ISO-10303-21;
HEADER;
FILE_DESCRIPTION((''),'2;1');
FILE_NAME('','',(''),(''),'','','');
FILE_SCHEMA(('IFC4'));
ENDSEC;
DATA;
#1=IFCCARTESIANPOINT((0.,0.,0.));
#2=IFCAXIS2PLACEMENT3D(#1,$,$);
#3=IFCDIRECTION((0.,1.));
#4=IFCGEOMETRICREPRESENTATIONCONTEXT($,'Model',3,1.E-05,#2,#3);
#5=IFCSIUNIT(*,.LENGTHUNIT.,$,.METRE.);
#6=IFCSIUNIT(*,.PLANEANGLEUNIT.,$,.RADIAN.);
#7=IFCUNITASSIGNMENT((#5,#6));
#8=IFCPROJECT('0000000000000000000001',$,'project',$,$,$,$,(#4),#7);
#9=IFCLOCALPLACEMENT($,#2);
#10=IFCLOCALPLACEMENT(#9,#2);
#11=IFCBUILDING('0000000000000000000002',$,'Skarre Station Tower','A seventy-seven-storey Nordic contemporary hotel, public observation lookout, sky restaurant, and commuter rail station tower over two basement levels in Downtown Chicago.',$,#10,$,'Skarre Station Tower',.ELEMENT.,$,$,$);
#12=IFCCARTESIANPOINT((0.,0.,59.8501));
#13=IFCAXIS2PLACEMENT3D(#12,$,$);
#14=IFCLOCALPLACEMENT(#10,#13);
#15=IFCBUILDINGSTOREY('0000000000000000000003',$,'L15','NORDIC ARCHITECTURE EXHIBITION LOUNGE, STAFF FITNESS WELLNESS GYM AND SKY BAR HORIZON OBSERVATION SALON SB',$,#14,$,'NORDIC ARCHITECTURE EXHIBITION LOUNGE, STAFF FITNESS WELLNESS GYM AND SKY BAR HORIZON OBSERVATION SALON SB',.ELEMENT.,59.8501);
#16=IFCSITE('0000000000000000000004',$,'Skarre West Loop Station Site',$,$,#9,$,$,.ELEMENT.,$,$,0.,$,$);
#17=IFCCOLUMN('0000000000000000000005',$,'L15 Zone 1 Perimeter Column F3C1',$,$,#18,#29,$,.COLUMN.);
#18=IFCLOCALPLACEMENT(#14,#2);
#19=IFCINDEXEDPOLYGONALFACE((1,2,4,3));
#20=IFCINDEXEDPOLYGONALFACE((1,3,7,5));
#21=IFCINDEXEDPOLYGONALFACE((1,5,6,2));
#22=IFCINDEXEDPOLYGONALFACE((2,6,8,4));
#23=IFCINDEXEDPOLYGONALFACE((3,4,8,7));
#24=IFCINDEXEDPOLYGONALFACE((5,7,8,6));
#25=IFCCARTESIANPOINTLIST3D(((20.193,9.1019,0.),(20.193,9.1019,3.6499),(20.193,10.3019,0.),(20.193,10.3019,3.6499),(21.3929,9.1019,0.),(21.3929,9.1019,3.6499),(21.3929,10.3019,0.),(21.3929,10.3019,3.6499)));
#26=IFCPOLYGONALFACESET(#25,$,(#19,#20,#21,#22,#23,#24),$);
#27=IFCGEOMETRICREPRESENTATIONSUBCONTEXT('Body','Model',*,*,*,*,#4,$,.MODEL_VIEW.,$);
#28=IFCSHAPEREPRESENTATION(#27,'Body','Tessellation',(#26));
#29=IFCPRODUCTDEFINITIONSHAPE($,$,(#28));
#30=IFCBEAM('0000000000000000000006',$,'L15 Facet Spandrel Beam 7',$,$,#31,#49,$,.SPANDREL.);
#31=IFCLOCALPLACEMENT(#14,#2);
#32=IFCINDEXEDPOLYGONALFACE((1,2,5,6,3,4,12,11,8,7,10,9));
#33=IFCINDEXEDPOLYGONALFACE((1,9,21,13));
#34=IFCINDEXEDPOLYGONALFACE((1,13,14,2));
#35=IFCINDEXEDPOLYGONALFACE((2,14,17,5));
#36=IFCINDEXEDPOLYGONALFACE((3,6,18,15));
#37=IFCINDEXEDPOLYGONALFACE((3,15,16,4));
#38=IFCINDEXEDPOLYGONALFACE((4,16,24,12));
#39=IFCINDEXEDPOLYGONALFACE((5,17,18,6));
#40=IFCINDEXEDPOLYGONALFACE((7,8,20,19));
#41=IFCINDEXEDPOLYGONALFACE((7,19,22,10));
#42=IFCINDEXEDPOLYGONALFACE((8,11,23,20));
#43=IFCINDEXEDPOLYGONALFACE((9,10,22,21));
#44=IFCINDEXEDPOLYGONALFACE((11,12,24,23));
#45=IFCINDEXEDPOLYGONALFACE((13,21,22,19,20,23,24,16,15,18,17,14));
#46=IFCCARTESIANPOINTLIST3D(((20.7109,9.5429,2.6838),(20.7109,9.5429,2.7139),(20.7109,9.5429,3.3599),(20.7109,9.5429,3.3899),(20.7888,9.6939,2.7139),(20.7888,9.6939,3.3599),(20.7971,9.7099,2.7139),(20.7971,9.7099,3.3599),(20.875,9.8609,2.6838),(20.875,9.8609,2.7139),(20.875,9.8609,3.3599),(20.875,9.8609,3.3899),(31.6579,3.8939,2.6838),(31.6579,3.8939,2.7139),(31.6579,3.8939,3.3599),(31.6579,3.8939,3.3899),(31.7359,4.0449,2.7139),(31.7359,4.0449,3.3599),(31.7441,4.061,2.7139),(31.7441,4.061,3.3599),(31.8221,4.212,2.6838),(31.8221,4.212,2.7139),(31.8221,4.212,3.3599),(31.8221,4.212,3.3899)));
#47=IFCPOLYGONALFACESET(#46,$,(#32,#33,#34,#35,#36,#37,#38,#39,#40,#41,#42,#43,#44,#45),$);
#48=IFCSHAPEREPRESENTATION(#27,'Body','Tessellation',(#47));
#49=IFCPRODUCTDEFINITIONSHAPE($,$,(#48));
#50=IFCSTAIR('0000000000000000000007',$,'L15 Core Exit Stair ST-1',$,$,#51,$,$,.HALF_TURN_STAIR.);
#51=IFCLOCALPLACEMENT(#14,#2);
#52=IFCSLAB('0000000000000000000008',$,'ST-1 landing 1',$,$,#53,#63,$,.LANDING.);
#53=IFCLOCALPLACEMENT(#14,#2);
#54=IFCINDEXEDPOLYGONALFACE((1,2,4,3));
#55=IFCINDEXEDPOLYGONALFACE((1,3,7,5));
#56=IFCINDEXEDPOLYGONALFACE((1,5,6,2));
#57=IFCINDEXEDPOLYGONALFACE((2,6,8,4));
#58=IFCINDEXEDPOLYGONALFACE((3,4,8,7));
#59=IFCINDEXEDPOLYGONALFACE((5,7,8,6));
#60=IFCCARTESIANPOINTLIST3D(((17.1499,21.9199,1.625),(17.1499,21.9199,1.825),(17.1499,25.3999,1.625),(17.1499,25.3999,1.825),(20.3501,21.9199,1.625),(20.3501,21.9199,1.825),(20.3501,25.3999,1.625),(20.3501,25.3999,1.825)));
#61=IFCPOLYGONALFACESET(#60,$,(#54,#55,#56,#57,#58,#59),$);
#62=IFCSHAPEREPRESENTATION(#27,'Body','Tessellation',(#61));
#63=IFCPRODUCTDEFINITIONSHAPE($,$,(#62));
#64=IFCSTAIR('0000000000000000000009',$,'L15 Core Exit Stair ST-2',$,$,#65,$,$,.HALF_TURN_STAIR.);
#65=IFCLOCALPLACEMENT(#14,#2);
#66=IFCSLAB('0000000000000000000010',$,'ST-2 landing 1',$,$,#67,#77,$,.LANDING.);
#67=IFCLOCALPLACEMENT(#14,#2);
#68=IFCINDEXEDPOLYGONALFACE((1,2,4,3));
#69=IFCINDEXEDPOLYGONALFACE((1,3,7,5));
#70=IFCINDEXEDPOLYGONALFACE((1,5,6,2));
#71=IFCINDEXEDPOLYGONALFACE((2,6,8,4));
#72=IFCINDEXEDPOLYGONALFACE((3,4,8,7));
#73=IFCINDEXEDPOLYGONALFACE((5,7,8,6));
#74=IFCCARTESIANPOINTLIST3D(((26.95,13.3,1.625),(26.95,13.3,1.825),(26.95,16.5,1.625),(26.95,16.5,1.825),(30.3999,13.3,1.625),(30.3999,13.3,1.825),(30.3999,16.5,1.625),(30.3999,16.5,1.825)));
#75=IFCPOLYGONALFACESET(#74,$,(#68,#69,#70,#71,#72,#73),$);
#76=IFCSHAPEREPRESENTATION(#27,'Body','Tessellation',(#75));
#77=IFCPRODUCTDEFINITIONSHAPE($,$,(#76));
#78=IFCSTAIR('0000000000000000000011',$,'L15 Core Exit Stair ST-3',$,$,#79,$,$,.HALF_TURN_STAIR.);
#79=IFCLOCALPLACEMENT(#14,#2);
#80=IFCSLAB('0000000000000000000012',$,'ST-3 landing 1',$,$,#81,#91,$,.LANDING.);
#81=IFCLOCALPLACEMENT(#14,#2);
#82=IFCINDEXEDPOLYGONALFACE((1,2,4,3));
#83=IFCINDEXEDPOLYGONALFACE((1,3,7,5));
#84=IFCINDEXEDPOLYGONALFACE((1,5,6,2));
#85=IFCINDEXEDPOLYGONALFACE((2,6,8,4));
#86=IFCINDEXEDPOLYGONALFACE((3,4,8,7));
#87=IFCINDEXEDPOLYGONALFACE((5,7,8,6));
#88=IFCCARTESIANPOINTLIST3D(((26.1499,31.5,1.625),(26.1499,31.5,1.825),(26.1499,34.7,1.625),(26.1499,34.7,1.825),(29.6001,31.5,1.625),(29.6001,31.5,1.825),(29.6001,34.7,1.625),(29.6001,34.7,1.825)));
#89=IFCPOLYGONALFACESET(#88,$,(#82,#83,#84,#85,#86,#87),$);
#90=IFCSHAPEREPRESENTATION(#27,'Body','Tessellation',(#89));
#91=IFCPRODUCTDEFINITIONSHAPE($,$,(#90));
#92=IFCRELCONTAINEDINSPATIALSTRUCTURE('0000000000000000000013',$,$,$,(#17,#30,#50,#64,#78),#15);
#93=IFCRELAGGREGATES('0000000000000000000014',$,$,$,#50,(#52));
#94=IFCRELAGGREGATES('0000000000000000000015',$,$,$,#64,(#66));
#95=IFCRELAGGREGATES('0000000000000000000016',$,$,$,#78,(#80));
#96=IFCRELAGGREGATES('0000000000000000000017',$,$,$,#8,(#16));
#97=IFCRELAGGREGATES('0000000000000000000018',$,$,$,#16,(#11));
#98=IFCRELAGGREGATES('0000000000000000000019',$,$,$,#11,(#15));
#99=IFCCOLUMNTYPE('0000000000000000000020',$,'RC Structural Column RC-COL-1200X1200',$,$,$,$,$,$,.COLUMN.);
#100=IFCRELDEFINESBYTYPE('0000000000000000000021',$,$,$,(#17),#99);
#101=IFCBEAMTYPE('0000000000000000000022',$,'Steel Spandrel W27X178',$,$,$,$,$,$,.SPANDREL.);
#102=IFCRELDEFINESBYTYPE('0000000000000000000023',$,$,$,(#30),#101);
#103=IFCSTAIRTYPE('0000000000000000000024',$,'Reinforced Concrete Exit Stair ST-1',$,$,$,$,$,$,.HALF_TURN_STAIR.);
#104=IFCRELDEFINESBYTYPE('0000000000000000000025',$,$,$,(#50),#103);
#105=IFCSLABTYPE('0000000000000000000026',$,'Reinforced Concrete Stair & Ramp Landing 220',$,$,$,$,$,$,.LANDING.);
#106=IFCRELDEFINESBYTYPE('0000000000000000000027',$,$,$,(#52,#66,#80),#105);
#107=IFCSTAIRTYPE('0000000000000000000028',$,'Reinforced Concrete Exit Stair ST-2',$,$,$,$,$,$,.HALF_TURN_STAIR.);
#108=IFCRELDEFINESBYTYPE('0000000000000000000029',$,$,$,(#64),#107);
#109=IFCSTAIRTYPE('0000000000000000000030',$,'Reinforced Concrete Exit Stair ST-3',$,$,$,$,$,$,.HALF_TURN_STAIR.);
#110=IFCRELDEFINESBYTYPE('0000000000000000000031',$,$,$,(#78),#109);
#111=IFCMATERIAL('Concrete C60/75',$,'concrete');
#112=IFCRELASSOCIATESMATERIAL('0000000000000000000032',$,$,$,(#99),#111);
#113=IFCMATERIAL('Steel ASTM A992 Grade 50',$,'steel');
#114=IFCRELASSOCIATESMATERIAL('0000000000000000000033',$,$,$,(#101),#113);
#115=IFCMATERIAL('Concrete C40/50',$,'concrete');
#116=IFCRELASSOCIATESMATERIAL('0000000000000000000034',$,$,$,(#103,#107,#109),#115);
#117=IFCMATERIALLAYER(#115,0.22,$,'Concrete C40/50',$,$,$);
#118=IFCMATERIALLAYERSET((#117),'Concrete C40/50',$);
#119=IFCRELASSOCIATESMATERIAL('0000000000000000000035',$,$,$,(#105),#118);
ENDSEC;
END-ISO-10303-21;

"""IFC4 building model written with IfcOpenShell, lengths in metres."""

from ifc_helpers import new_model, si_unit, direction, frame, origin, origin_2d, place, context, subcontext, project, spatial, polyline, rectangle, i_section, outline, extrude, material, layer, layer_set, material_profile, profile_set, type_object, element, aggregate, save


model = new_model("IFC4")

# Units and contexts
model_context = context("Model", 3, precision=1e-05, world=origin(), true_north=direction((0.0, 1.0)))
body_context = subcontext(model_context, "Body", "Model", "MODEL_VIEW")
ifc_project = project(units=[si_unit("LENGTHUNIT", "METRE"), si_unit("PLANEANGLEUNIT", "RADIAN")], contexts=[model_context])

# Site, building, storey
site_placement = place(None, origin())
site = spatial("IfcSite", under=ifc_project, at=site_placement, Name="Skarre West Loop Station Site", CompositionType="ELEMENT", RefElevation=0.0)
building_placement = place(site_placement, origin())
building = spatial("IfcBuilding", under=site, at=building_placement, Name="Skarre Station Tower", Description="A seventy-seven-storey Nordic contemporary hotel, public observation lookout, sky restaurant, and commuter rail station tower over two basement levels in Downtown Chicago.", LongName="Skarre Station Tower", CompositionType="ELEMENT")
storey_placement = place(building_placement, frame((0.0, 0.0, 59.8501)))
storey = spatial("IfcBuildingStorey", under=building, at=storey_placement, Name="L15", Description="NORDIC ARCHITECTURE EXHIBITION LOUNGE, STAFF FITNESS WELLNESS GYM AND SKY BAR HORIZON OBSERVATION SALON SB", LongName="NORDIC ARCHITECTURE EXHIBITION LOUNGE, STAFF FITNESS WELLNESS GYM AND SKY BAR HORIZON OBSERVATION SALON SB", CompositionType="ELEMENT", Elevation=59.8501)

# Column
ifc_material_1 = material(Name="Concrete C60/75", Category="concrete")
ifc_material_profile_1 = material_profile(ifc_material_1, rectangle(XDim=1.2, YDim=1.2, at=origin_2d()), Name="Concrete C60/75")
ifc_profile_set_1 = profile_set([ifc_material_profile_1], Name="Concrete C60/75")
column_type = type_object("IfcColumnType", Name="RC Structural Column RC-COL-1200X1200", PredefinedType="COLUMN", material=ifc_profile_set_1)
column_placement = place(storey_placement, frame((20.793, 9.7019, 0.0), z_axis=(0.0, 0.0, 1.0), x_axis=(1.0, 0.0, 0.0)))
element("IfcColumn", 1, at=column_placement, inside=storey, type_object=column_type, Name="L15 Zone 1 Perimeter Column F3C1", PredefinedType="COLUMN", context=body_context, shape_type="SweptSolid", body=[
    extrude(rectangle(XDim=1.2, YDim=1.2, at=origin_2d()), origin(), (0.0, 0.0, 1.0), 3.6499),
])

# Beam
ifc_material_2 = material(Name="Steel ASTM A992 Grade 50", Category="steel")
ifc_material_profile_2 = material_profile(ifc_material_2, i_section(OverallWidth=0.3579, OverallDepth=0.7061, WebThickness=0.0181, FlangeThickness=0.03, at=origin_2d()), Name="Steel ASTM A992 Grade 50")
ifc_profile_set_2 = profile_set([ifc_material_profile_2], Name="Steel ASTM A992 Grade 50")
beam_type = type_object("IfcBeamType", Name="Steel Spandrel W27X178", PredefinedType="SPANDREL", material=ifc_profile_set_2)
beam_placement = place(storey_placement, frame((20.793, 9.7019, 3.0369), z_axis=(0.888659, -0.458569, 0.0), x_axis=(0.458569, 0.888659, 0.0)))
element("IfcBeam", 2, at=beam_placement, inside=storey, type_object=beam_type, Name="L15 Facet Spandrel Beam 7", PredefinedType="SPANDREL", context=body_context, shape_type="SweptSolid", body=[
    extrude(i_section(OverallWidth=0.3579, OverallDepth=0.7061, WebThickness=0.0181, FlangeThickness=0.03, at=origin_2d()), origin(), (0.0, 0.0, 1.0), 12.3186),
])

# Stairs, slabs
ifc_material_3 = material(Name="Concrete C40/50", Category="concrete")
stair_type_1 = type_object("IfcStairType", Name="Reinforced Concrete Exit Stair ST-1", PredefinedType="HALF_TURN_STAIR", material=ifc_material_3)
stair_1_placement = place(storey_placement, origin())
stair_1 = element("IfcStair", 3, at=stair_1_placement, inside=storey, type_object=stair_type_1, Name="L15 Core Exit Stair ST-1", PredefinedType="HALF_TURN_STAIR")
ifc_layer_1 = layer(ifc_material_3, 0.22, Name="Concrete C40/50")
ifc_layer_set_1 = layer_set([ifc_layer_1], Name="Concrete C40/50")
slab_type_1 = type_object("IfcSlabType", Name="Reinforced Concrete Stair & Ramp Landing 220", PredefinedType="LANDING", material=ifc_layer_set_1)
slab_1_placement = place(storey_placement, frame((0.0, 0.0, 1.625)))
slab_1 = element("IfcSlab", 4, at=slab_1_placement, type_object=slab_type_1, Name="ST-1 landing 1", PredefinedType="LANDING", context=body_context, shape_type="SweptSolid", body=[
    extrude(outline(polyline([(20.3501, 21.9199), (20.3501, 25.3999), (17.1499, 25.3999), (17.1499, 21.9199), (20.3501, 21.9199)])), origin(), (0.0, 0.0, 1.0), 0.2),
])
aggregate(stair_1, [slab_1])
stair_type_2 = type_object("IfcStairType", Name="Reinforced Concrete Exit Stair ST-2", PredefinedType="HALF_TURN_STAIR", material=ifc_material_3)
stair_2_placement = place(storey_placement, origin())
stair_2 = element("IfcStair", 5, at=stair_2_placement, inside=storey, type_object=stair_type_2, Name="L15 Core Exit Stair ST-2", PredefinedType="HALF_TURN_STAIR")
slab_2_placement = place(storey_placement, frame((0.0, 0.0, 1.625)))
slab_2 = element("IfcSlab", 6, at=slab_2_placement, type_object=slab_type_1, Name="ST-2 landing 1", PredefinedType="LANDING", context=body_context, shape_type="SweptSolid", body=[
    extrude(outline(polyline([(26.95, 13.3), (30.3999, 13.3), (30.3999, 16.5), (26.95, 16.5), (26.95, 13.3)])), origin(), (0.0, 0.0, 1.0), 0.2),
])
aggregate(stair_2, [slab_2])
stair_type_3 = type_object("IfcStairType", Name="Reinforced Concrete Exit Stair ST-3", PredefinedType="HALF_TURN_STAIR", material=ifc_material_3)
stair_3_placement = place(storey_placement, origin())
stair_3 = element("IfcStair", 7, at=stair_3_placement, inside=storey, type_object=stair_type_3, Name="L15 Core Exit Stair ST-3", PredefinedType="HALF_TURN_STAIR")
slab_3_placement = place(storey_placement, frame((0.0, 0.0, 1.625)))
slab_3 = element("IfcSlab", 8, at=slab_3_placement, type_object=slab_type_1, Name="ST-3 landing 1", PredefinedType="LANDING", context=body_context, shape_type="SweptSolid", body=[
    extrude(outline(polyline([(26.1499, 31.5), (29.6001, 31.5), (29.6001, 34.7), (26.1499, 34.7), (26.1499, 31.5)])), origin(), (0.0, 0.0, 1.0), 0.2),
])
aggregate(stair_3, [slab_3])

save(model, "model.ifc")
